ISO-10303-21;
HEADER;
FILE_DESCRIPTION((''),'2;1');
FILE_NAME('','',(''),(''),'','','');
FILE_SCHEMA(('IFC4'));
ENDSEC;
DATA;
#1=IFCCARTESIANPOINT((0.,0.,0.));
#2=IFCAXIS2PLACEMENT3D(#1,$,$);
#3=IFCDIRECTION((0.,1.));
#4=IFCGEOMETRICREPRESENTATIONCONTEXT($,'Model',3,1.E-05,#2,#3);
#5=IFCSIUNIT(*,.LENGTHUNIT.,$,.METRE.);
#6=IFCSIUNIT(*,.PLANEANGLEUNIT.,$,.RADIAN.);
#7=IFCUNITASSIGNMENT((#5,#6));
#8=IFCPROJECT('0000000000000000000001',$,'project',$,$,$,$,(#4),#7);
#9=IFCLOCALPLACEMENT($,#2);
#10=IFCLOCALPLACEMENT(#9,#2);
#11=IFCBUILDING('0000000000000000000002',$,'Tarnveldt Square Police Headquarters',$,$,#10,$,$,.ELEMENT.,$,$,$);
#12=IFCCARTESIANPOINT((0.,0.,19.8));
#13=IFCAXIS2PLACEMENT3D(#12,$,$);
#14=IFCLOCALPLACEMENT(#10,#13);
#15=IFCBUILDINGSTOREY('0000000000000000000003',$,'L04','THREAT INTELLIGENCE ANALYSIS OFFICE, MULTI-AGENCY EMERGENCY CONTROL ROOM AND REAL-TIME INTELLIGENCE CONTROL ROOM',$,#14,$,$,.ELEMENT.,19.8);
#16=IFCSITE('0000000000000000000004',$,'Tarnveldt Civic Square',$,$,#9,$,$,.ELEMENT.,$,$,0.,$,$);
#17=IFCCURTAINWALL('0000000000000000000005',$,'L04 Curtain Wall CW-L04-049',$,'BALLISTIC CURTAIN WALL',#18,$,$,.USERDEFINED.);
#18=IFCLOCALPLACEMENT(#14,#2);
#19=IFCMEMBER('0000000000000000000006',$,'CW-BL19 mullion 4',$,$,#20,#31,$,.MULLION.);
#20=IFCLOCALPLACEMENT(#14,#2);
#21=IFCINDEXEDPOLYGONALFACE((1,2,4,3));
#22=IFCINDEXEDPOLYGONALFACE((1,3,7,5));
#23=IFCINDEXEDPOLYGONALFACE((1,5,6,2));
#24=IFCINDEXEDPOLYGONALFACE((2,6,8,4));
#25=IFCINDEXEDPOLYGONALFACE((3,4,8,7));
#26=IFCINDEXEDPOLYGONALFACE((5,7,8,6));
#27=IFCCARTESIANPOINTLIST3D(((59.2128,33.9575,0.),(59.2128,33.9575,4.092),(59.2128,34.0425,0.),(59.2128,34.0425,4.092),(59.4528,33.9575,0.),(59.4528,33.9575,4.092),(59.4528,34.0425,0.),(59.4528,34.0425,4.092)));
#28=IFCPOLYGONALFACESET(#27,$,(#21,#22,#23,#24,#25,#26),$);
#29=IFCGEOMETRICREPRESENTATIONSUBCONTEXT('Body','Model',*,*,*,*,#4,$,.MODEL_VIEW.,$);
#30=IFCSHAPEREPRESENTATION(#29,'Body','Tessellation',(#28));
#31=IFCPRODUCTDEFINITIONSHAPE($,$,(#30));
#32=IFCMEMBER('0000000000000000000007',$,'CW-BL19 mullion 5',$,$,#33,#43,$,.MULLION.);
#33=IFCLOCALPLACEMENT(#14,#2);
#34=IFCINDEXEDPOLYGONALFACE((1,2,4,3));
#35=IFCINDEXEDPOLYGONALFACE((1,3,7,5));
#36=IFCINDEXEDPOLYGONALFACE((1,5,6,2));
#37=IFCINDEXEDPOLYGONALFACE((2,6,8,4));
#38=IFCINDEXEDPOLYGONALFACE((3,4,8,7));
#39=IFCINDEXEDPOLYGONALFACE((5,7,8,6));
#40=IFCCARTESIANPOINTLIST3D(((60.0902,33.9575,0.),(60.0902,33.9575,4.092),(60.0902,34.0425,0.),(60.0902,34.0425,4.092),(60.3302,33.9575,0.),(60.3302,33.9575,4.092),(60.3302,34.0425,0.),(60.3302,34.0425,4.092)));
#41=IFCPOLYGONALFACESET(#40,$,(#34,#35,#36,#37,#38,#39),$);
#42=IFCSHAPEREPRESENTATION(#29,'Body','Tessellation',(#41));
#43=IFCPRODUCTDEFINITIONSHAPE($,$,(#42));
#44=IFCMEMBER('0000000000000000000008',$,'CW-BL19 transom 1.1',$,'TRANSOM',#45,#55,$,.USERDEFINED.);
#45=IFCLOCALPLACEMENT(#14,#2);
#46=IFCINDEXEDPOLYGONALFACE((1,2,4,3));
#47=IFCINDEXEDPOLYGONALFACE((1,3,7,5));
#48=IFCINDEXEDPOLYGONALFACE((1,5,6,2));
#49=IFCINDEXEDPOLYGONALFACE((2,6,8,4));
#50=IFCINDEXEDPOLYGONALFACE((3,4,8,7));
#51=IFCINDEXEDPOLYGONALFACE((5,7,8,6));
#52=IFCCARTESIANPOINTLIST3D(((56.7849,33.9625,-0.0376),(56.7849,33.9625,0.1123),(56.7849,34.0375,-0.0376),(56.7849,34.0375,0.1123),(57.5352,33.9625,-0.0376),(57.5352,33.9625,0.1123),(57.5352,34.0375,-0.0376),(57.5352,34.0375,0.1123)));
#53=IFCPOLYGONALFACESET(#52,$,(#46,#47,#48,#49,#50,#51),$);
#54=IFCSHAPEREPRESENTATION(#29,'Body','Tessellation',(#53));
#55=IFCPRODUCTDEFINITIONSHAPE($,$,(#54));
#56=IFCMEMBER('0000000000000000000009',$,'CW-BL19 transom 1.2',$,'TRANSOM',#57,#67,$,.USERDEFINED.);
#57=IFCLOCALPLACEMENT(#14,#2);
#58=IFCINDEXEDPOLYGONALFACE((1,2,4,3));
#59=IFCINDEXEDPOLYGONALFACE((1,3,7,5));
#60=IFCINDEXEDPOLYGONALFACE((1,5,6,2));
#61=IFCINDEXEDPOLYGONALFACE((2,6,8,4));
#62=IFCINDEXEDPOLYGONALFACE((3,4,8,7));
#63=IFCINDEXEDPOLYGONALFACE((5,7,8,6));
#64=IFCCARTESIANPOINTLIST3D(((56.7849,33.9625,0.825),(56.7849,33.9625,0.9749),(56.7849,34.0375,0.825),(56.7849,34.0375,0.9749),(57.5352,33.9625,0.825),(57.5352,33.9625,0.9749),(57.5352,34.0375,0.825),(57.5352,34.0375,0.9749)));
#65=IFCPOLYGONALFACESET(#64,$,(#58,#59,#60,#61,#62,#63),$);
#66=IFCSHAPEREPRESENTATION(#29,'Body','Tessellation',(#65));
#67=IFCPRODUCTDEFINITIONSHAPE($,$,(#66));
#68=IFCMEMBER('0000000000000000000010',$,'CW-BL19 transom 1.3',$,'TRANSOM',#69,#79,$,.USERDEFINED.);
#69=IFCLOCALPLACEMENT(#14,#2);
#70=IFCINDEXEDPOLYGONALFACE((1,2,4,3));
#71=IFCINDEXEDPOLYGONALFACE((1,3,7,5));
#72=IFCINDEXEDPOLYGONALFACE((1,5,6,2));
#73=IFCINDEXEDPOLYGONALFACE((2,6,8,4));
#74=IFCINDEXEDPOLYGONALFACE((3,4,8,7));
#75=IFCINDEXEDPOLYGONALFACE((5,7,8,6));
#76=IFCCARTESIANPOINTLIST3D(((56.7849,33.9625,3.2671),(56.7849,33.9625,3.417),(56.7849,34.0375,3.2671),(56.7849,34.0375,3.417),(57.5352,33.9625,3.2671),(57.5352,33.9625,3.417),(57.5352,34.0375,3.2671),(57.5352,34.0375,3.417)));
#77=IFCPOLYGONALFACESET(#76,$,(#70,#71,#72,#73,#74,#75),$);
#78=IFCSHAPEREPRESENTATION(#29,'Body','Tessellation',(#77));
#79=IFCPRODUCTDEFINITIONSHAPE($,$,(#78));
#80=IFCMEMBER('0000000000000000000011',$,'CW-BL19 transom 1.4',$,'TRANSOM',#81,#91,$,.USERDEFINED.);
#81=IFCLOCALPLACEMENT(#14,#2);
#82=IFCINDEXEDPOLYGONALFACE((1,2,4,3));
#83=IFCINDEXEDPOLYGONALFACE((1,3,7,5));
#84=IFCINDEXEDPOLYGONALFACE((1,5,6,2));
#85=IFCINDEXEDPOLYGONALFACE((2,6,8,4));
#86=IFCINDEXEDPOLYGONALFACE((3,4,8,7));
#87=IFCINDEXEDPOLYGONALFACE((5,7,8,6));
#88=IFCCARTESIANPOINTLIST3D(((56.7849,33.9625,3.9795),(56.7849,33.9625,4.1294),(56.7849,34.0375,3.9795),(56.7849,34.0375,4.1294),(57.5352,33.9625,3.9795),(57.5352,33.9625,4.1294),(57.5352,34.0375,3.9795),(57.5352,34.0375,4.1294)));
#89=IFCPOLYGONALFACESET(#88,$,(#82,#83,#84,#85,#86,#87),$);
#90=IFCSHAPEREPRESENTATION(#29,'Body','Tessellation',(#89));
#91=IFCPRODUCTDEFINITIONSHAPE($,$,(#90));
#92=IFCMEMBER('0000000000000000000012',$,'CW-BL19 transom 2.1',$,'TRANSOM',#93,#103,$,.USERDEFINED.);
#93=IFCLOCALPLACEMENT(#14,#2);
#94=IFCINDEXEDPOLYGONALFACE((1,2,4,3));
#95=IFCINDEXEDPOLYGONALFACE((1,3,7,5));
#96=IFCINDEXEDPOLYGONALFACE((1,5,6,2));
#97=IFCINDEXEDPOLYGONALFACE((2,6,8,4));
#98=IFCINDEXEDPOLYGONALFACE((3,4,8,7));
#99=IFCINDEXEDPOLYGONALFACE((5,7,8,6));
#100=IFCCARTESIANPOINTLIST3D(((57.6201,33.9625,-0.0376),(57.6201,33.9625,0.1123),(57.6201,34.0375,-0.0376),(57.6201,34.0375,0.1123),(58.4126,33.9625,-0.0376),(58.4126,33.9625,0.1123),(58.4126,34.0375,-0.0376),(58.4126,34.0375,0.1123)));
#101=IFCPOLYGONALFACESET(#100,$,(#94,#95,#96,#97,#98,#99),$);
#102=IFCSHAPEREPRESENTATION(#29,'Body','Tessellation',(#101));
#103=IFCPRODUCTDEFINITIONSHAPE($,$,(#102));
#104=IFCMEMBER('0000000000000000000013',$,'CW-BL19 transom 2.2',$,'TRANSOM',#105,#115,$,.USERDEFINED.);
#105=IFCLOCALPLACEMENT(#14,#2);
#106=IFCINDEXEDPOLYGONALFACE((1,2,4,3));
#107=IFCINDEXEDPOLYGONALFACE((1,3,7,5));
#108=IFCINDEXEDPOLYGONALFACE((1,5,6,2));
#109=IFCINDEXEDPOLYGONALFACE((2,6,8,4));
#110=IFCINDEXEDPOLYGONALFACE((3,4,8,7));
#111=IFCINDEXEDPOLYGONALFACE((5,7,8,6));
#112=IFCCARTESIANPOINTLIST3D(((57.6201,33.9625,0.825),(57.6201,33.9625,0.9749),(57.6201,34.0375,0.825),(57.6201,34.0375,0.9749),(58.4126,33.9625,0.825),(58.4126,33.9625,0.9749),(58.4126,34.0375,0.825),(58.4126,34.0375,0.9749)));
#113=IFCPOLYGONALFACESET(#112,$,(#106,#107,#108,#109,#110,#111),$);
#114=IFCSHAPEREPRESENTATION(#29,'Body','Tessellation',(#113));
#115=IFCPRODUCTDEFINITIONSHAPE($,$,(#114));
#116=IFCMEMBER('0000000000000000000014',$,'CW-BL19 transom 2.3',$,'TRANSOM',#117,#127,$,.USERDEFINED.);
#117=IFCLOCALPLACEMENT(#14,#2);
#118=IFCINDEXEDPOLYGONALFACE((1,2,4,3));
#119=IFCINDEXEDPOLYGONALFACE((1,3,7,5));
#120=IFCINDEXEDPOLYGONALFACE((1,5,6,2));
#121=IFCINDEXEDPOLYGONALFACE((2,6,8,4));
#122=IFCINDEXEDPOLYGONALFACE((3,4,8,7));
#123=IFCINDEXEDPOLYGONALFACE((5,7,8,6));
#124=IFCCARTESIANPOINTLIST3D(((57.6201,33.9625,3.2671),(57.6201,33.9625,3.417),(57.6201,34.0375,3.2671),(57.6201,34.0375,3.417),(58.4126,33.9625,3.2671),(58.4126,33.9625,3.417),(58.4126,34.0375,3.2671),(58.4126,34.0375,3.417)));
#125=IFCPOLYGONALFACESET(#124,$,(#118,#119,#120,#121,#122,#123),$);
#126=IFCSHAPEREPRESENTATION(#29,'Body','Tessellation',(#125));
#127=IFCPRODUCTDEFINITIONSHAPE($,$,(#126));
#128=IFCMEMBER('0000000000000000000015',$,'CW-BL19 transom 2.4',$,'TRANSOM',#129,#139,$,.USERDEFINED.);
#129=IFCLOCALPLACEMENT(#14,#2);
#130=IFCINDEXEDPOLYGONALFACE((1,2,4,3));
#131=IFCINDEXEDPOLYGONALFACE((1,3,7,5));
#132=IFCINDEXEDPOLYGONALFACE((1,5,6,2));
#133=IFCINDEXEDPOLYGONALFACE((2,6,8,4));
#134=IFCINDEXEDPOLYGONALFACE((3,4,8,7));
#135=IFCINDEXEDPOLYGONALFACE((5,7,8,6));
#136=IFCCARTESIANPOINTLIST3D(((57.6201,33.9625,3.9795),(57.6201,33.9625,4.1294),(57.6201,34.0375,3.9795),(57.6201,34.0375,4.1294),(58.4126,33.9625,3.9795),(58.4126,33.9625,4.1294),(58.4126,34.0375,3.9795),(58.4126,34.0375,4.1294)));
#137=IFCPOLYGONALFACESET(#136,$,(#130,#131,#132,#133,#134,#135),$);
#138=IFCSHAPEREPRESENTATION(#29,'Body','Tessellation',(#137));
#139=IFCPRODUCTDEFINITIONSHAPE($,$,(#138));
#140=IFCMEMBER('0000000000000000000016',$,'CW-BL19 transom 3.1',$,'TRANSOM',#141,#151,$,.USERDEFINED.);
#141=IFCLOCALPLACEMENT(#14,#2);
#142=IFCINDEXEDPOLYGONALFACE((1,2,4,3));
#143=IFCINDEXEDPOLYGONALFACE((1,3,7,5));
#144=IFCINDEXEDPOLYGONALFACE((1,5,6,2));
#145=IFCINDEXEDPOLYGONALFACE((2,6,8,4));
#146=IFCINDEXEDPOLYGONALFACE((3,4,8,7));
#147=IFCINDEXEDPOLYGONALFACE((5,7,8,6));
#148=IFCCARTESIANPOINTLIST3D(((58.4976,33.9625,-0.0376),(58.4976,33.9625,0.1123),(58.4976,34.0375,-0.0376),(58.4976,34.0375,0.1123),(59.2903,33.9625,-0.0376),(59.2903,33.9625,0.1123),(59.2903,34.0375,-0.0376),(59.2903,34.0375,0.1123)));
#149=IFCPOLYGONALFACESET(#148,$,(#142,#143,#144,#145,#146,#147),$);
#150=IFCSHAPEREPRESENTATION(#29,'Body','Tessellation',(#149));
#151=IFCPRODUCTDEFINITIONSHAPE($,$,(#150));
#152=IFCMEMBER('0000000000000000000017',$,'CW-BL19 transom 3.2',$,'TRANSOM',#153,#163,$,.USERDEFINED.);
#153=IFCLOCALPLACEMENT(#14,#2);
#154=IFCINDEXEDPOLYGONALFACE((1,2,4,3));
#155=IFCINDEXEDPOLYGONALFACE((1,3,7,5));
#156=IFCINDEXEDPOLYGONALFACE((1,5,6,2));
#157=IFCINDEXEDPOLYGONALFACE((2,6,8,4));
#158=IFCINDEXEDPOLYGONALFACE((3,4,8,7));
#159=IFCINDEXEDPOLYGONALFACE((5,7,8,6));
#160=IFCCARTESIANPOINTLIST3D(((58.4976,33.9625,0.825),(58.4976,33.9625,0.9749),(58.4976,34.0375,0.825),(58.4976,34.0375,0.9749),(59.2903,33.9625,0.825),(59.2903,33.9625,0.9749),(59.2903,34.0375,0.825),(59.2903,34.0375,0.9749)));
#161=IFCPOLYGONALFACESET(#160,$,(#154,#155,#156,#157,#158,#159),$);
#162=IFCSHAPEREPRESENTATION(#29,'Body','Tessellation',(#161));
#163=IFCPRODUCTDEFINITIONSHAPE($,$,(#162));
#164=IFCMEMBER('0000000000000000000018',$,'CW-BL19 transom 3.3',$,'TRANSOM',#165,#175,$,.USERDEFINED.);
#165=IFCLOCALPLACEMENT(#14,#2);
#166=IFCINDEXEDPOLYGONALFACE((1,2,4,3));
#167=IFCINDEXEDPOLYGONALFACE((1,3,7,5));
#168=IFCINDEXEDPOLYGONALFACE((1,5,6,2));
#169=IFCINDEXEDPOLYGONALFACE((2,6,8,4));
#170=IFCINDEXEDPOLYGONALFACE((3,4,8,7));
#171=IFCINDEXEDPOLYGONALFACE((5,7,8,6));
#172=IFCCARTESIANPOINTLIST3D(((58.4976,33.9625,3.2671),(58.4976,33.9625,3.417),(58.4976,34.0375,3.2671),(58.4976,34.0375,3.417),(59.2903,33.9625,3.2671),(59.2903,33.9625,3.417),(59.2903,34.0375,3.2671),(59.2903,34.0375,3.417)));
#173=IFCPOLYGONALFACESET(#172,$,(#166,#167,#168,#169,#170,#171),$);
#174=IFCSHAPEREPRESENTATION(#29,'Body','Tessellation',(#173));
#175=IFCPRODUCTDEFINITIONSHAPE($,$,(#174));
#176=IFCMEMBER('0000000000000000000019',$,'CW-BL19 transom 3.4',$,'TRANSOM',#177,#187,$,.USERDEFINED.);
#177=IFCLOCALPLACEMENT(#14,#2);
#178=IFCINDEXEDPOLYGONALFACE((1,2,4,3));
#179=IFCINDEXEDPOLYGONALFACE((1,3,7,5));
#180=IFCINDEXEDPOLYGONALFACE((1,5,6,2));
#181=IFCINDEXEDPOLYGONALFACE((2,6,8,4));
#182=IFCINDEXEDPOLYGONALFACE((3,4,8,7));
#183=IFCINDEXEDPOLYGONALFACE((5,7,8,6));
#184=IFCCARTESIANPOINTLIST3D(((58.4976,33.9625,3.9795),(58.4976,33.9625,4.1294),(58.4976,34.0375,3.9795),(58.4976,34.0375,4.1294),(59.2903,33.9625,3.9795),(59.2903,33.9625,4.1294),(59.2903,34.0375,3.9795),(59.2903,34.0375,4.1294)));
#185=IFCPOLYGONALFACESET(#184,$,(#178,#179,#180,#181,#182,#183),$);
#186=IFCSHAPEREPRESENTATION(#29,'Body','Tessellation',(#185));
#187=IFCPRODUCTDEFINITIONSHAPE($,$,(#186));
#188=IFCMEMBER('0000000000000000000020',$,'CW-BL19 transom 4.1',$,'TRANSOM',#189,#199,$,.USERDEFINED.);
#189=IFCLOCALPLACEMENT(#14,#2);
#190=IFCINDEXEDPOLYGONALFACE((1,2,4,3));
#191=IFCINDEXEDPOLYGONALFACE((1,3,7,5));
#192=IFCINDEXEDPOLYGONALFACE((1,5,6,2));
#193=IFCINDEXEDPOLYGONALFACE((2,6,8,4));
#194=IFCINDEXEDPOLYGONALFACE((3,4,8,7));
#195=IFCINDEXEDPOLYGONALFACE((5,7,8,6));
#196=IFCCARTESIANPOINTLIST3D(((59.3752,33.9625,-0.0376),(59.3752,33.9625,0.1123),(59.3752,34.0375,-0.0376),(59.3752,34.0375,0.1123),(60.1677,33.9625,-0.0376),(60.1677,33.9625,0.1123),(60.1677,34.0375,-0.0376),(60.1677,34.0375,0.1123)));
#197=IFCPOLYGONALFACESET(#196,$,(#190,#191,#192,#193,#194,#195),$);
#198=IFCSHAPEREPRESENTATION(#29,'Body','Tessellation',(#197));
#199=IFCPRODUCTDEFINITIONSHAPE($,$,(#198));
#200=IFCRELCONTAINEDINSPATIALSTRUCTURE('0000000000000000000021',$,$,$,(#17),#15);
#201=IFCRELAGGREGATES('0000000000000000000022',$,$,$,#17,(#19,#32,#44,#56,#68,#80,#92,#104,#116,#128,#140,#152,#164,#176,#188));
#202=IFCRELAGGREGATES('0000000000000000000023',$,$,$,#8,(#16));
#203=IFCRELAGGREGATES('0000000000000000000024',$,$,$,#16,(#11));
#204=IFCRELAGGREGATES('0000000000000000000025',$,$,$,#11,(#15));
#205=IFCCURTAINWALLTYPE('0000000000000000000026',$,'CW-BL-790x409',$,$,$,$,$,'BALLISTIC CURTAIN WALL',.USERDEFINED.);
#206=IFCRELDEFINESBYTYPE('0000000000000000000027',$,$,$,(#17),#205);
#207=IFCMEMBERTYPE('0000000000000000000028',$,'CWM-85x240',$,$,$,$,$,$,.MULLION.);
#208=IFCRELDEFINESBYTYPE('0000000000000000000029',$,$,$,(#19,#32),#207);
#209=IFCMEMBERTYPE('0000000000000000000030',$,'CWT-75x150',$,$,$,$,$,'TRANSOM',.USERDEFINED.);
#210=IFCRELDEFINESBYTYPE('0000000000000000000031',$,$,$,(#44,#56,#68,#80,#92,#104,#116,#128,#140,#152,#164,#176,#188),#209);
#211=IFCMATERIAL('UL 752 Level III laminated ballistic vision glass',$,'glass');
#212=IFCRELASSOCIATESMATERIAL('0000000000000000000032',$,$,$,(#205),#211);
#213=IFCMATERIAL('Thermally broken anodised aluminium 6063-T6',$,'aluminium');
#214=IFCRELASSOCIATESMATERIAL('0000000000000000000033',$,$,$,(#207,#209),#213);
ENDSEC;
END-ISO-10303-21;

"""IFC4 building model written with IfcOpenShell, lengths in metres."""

from ifc_helpers import new_model, si_unit, direction, frame, origin, origin_2d, place, context, subcontext, project, spatial, rectangle, extrude, material, material_profile, profile_set, type_object, element, aggregate, save


model = new_model("IFC4")

# Units and contexts
model_context = context("Model", 3, precision=1e-05, world=origin(), true_north=direction((0.0, 1.0)))
body_context = subcontext(model_context, "Body", "Model", "MODEL_VIEW")
ifc_project = project(units=[si_unit("LENGTHUNIT", "METRE"), si_unit("PLANEANGLEUNIT", "RADIAN")], contexts=[model_context])

# Site, building, storey
site_placement = place(None, origin())
site = spatial("IfcSite", under=ifc_project, at=site_placement, Name="Tarnveldt Civic Square", CompositionType="ELEMENT", RefElevation=0.0)
building_placement = place(site_placement, origin())
building = spatial("IfcBuilding", under=site, at=building_placement, Name="Tarnveldt Square Police Headquarters", CompositionType="ELEMENT")
storey_placement = place(building_placement, frame((0.0, 0.0, 19.8)))
storey = spatial("IfcBuildingStorey", under=building, at=storey_placement, Name="L04", Description="THREAT INTELLIGENCE ANALYSIS OFFICE, MULTI-AGENCY EMERGENCY CONTROL ROOM AND REAL-TIME INTELLIGENCE CONTROL ROOM", CompositionType="ELEMENT", Elevation=19.8)

# Curtain wall, members
ifc_material_1 = material(Name="UL 752 Level III laminated ballistic vision glass", Category="glass")
curtain_wall_type = type_object("IfcCurtainWallType", Name="CW-BL-790x409", ElementType="BALLISTIC CURTAIN WALL", PredefinedType="USERDEFINED", material=ifc_material_1)
curtain_wall_placement = place(storey_placement, origin())
curtain_wall = element("IfcCurtainWall", 1, at=curtain_wall_placement, inside=storey, type_object=curtain_wall_type, Name="L04 Curtain Wall CW-L04-049", ObjectType="BALLISTIC CURTAIN WALL", PredefinedType="USERDEFINED")
ifc_material_2 = material(Name="Thermally broken anodised aluminium 6063-T6", Category="aluminium")
ifc_material_profile_1 = material_profile(ifc_material_2, rectangle(XDim=0.085, YDim=0.24, at=origin_2d()), Name="CW-M85x240")
ifc_profile_set_1 = profile_set([ifc_material_profile_1], Name="Thermally broken anodised aluminium 6063-T6")
member_type_1 = type_object("IfcMemberType", Name="CWM-85x240", PredefinedType="MULLION", material=ifc_profile_set_1)
member_1_placement = place(storey_placement, frame((59.3328, 34.0, 0.0), z_axis=(0.0, 0.0, 1.0), x_axis=(0.0, 1.0, 0.0)))
member_1 = element("IfcMember", 2, at=member_1_placement, type_object=member_type_1, Name="CW-BL19 mullion 4", PredefinedType="MULLION", context=body_context, shape_type="SweptSolid", body=[
    extrude(rectangle(XDim=0.085, YDim=0.24, at=origin_2d()), origin(), (0.0, 0.0, 1.0), 4.092),
])
member_2_placement = place(storey_placement, frame((60.2102, 34.0, 0.0), z_axis=(0.0, 0.0, 1.0), x_axis=(0.0, 1.0, 0.0)))
member_2 = element("IfcMember", 3, at=member_2_placement, type_object=member_type_1, Name="CW-BL19 mullion 5", PredefinedType="MULLION", context=body_context, shape_type="SweptSolid", body=[
    extrude(rectangle(XDim=0.085, YDim=0.24, at=origin_2d()), origin(), (0.0, 0.0, 1.0), 4.092),
])
ifc_material_profile_2 = material_profile(ifc_material_2, rectangle(XDim=0.075, YDim=0.1499, at=origin_2d()), Name="CW-T75x150")
ifc_profile_set_2 = profile_set([ifc_material_profile_2], Name="Thermally broken anodised aluminium 6063-T6")
member_type_2 = type_object("IfcMemberType", Name="CWT-75x150", ElementType="TRANSOM", PredefinedType="USERDEFINED", material=ifc_profile_set_2)
member_3_placement = place(storey_placement, frame((56.7849, 34.0, 0.0374), z_axis=(1.0, 0.0, 0.0), x_axis=(0.0, 1.0, 0.0)))
member_3 = element("IfcMember", 4, at=member_3_placement, type_object=member_type_2, Name="CW-BL19 transom 1.1", ObjectType="TRANSOM", PredefinedType="USERDEFINED", context=body_context, shape_type="SweptSolid", body=[
    extrude(rectangle(XDim=0.075, YDim=0.1499, at=origin_2d()), origin(), (0.0, 0.0, 1.0), 0.7502),
])
member_4_placement = place(storey_placement, frame((56.7849, 34.0, 0.8999), z_axis=(1.0, 0.0, 0.0), x_axis=(0.0, 1.0, 0.0)))
member_4 = element("IfcMember", 5, at=member_4_placement, type_object=member_type_2, Name="CW-BL19 transom 1.2", ObjectType="TRANSOM", PredefinedType="USERDEFINED", context=body_context, shape_type="SweptSolid", body=[
    extrude(rectangle(XDim=0.075, YDim=0.1499, at=origin_2d()), origin(), (0.0, 0.0, 1.0), 0.7502),
])
member_5_placement = place(storey_placement, frame((56.7849, 34.0, 3.342), z_axis=(1.0, 0.0, 0.0), x_axis=(0.0, 1.0, 0.0)))
member_5 = element("IfcMember", 6, at=member_5_placement, type_object=member_type_2, Name="CW-BL19 transom 1.3", ObjectType="TRANSOM", PredefinedType="USERDEFINED", context=body_context, shape_type="SweptSolid", body=[
    extrude(rectangle(XDim=0.075, YDim=0.1499, at=origin_2d()), origin(), (0.0, 0.0, 1.0), 0.7502),
])
member_6_placement = place(storey_placement, frame((56.7849, 34.0, 4.0544), z_axis=(1.0, 0.0, 0.0), x_axis=(0.0, 1.0, 0.0)))
member_6 = element("IfcMember", 7, at=member_6_placement, type_object=member_type_2, Name="CW-BL19 transom 1.4", ObjectType="TRANSOM", PredefinedType="USERDEFINED", context=body_context, shape_type="SweptSolid", body=[
    extrude(rectangle(XDim=0.075, YDim=0.1499, at=origin_2d()), origin(), (0.0, 0.0, 1.0), 0.7502),
])
member_7_placement = place(storey_placement, frame((57.6201, 34.0, 0.0374), z_axis=(1.0, 0.0, 0.0), x_axis=(0.0, 1.0, 0.0)))
member_7 = element("IfcMember", 8, at=member_7_placement, type_object=member_type_2, Name="CW-BL19 transom 2.1", ObjectType="TRANSOM", PredefinedType="USERDEFINED", context=body_context, shape_type="SweptSolid", body=[
    extrude(rectangle(XDim=0.075, YDim=0.1499, at=origin_2d()), origin(), (0.0, 0.0, 1.0), 0.7925),
])
member_8_placement = place(storey_placement, frame((57.6201, 34.0, 0.8999), z_axis=(1.0, 0.0, 0.0), x_axis=(0.0, 1.0, 0.0)))
member_8 = element("IfcMember", 9, at=member_8_placement, type_object=member_type_2, Name="CW-BL19 transom 2.2", ObjectType="TRANSOM", PredefinedType="USERDEFINED", context=body_context, shape_type="SweptSolid", body=[
    extrude(rectangle(XDim=0.075, YDim=0.1499, at=origin_2d()), origin(), (0.0, 0.0, 1.0), 0.7925),
])
member_9_placement = place(storey_placement, frame((57.6201, 34.0, 3.342), z_axis=(1.0, 0.0, 0.0), x_axis=(0.0, 1.0, 0.0)))
member_9 = element("IfcMember", 10, at=member_9_placement, type_object=member_type_2, Name="CW-BL19 transom 2.3", ObjectType="TRANSOM", PredefinedType="USERDEFINED", context=body_context, shape_type="SweptSolid", body=[
    extrude(rectangle(XDim=0.075, YDim=0.1499, at=origin_2d()), origin(), (0.0, 0.0, 1.0), 0.7925),
])
member_10_placement = place(storey_placement, frame((57.6201, 34.0, 4.0544), z_axis=(1.0, 0.0, 0.0), x_axis=(0.0, 1.0, 0.0)))
member_10 = element("IfcMember", 11, at=member_10_placement, type_object=member_type_2, Name="CW-BL19 transom 2.4", ObjectType="TRANSOM", PredefinedType="USERDEFINED", context=body_context, shape_type="SweptSolid", body=[
    extrude(rectangle(XDim=0.075, YDim=0.1499, at=origin_2d()), origin(), (0.0, 0.0, 1.0), 0.7925),
])
member_11_placement = place(storey_placement, frame((58.4976, 34.0, 0.0374), z_axis=(1.0, 0.0, 0.0), x_axis=(0.0, 1.0, 0.0)))
member_11 = element("IfcMember", 12, at=member_11_placement, type_object=member_type_2, Name="CW-BL19 transom 3.1", ObjectType="TRANSOM", PredefinedType="USERDEFINED", context=body_context, shape_type="SweptSolid", body=[
    extrude(rectangle(XDim=0.075, YDim=0.1499, at=origin_2d()), origin(), (0.0, 0.0, 1.0), 0.7927),
])
member_12_placement = place(storey_placement, frame((58.4976, 34.0, 0.8999), z_axis=(1.0, 0.0, 0.0), x_axis=(0.0, 1.0, 0.0)))
member_12 = element("IfcMember", 13, at=member_12_placement, type_object=member_type_2, Name="CW-BL19 transom 3.2", ObjectType="TRANSOM", PredefinedType="USERDEFINED", context=body_context, shape_type="SweptSolid", body=[
    extrude(rectangle(XDim=0.075, YDim=0.1499, at=origin_2d()), origin(), (0.0, 0.0, 1.0), 0.7927),
])
member_13_placement = place(storey_placement, frame((58.4976, 34.0, 3.342), z_axis=(1.0, 0.0, 0.0), x_axis=(0.0, 1.0, 0.0)))
member_13 = element("IfcMember", 14, at=member_13_placement, type_object=member_type_2, Name="CW-BL19 transom 3.3", ObjectType="TRANSOM", PredefinedType="USERDEFINED", context=body_context, shape_type="SweptSolid", body=[
    extrude(rectangle(XDim=0.075, YDim=0.1499, at=origin_2d()), origin(), (0.0, 0.0, 1.0), 0.7927),
])
member_14_placement = place(storey_placement, frame((58.4976, 34.0, 4.0544), z_axis=(1.0, 0.0, 0.0), x_axis=(0.0, 1.0, 0.0)))
member_14 = element("IfcMember", 15, at=member_14_placement, type_object=member_type_2, Name="CW-BL19 transom 3.4", ObjectType="TRANSOM", PredefinedType="USERDEFINED", context=body_context, shape_type="SweptSolid", body=[
    extrude(rectangle(XDim=0.075, YDim=0.1499, at=origin_2d()), origin(), (0.0, 0.0, 1.0), 0.7927),
])
member_15_placement = place(storey_placement, frame((59.3752, 34.0, 0.0374), z_axis=(1.0, 0.0, 0.0), x_axis=(0.0, 1.0, 0.0)))
member_15 = element("IfcMember", 16, at=member_15_placement, type_object=member_type_2, Name="CW-BL19 transom 4.1", ObjectType="TRANSOM", PredefinedType="USERDEFINED", context=body_context, shape_type="SweptSolid", body=[
    extrude(rectangle(XDim=0.075, YDim=0.1499, at=origin_2d()), origin(), (0.0, 0.0, 1.0), 0.7925),
])
aggregate(curtain_wall, [member_1, member_2, member_3, member_4, member_5, member_6, member_7, member_8, member_9, member_10, member_11, member_12, member_13, member_14, member_15])

save(model, "model.ifc")
